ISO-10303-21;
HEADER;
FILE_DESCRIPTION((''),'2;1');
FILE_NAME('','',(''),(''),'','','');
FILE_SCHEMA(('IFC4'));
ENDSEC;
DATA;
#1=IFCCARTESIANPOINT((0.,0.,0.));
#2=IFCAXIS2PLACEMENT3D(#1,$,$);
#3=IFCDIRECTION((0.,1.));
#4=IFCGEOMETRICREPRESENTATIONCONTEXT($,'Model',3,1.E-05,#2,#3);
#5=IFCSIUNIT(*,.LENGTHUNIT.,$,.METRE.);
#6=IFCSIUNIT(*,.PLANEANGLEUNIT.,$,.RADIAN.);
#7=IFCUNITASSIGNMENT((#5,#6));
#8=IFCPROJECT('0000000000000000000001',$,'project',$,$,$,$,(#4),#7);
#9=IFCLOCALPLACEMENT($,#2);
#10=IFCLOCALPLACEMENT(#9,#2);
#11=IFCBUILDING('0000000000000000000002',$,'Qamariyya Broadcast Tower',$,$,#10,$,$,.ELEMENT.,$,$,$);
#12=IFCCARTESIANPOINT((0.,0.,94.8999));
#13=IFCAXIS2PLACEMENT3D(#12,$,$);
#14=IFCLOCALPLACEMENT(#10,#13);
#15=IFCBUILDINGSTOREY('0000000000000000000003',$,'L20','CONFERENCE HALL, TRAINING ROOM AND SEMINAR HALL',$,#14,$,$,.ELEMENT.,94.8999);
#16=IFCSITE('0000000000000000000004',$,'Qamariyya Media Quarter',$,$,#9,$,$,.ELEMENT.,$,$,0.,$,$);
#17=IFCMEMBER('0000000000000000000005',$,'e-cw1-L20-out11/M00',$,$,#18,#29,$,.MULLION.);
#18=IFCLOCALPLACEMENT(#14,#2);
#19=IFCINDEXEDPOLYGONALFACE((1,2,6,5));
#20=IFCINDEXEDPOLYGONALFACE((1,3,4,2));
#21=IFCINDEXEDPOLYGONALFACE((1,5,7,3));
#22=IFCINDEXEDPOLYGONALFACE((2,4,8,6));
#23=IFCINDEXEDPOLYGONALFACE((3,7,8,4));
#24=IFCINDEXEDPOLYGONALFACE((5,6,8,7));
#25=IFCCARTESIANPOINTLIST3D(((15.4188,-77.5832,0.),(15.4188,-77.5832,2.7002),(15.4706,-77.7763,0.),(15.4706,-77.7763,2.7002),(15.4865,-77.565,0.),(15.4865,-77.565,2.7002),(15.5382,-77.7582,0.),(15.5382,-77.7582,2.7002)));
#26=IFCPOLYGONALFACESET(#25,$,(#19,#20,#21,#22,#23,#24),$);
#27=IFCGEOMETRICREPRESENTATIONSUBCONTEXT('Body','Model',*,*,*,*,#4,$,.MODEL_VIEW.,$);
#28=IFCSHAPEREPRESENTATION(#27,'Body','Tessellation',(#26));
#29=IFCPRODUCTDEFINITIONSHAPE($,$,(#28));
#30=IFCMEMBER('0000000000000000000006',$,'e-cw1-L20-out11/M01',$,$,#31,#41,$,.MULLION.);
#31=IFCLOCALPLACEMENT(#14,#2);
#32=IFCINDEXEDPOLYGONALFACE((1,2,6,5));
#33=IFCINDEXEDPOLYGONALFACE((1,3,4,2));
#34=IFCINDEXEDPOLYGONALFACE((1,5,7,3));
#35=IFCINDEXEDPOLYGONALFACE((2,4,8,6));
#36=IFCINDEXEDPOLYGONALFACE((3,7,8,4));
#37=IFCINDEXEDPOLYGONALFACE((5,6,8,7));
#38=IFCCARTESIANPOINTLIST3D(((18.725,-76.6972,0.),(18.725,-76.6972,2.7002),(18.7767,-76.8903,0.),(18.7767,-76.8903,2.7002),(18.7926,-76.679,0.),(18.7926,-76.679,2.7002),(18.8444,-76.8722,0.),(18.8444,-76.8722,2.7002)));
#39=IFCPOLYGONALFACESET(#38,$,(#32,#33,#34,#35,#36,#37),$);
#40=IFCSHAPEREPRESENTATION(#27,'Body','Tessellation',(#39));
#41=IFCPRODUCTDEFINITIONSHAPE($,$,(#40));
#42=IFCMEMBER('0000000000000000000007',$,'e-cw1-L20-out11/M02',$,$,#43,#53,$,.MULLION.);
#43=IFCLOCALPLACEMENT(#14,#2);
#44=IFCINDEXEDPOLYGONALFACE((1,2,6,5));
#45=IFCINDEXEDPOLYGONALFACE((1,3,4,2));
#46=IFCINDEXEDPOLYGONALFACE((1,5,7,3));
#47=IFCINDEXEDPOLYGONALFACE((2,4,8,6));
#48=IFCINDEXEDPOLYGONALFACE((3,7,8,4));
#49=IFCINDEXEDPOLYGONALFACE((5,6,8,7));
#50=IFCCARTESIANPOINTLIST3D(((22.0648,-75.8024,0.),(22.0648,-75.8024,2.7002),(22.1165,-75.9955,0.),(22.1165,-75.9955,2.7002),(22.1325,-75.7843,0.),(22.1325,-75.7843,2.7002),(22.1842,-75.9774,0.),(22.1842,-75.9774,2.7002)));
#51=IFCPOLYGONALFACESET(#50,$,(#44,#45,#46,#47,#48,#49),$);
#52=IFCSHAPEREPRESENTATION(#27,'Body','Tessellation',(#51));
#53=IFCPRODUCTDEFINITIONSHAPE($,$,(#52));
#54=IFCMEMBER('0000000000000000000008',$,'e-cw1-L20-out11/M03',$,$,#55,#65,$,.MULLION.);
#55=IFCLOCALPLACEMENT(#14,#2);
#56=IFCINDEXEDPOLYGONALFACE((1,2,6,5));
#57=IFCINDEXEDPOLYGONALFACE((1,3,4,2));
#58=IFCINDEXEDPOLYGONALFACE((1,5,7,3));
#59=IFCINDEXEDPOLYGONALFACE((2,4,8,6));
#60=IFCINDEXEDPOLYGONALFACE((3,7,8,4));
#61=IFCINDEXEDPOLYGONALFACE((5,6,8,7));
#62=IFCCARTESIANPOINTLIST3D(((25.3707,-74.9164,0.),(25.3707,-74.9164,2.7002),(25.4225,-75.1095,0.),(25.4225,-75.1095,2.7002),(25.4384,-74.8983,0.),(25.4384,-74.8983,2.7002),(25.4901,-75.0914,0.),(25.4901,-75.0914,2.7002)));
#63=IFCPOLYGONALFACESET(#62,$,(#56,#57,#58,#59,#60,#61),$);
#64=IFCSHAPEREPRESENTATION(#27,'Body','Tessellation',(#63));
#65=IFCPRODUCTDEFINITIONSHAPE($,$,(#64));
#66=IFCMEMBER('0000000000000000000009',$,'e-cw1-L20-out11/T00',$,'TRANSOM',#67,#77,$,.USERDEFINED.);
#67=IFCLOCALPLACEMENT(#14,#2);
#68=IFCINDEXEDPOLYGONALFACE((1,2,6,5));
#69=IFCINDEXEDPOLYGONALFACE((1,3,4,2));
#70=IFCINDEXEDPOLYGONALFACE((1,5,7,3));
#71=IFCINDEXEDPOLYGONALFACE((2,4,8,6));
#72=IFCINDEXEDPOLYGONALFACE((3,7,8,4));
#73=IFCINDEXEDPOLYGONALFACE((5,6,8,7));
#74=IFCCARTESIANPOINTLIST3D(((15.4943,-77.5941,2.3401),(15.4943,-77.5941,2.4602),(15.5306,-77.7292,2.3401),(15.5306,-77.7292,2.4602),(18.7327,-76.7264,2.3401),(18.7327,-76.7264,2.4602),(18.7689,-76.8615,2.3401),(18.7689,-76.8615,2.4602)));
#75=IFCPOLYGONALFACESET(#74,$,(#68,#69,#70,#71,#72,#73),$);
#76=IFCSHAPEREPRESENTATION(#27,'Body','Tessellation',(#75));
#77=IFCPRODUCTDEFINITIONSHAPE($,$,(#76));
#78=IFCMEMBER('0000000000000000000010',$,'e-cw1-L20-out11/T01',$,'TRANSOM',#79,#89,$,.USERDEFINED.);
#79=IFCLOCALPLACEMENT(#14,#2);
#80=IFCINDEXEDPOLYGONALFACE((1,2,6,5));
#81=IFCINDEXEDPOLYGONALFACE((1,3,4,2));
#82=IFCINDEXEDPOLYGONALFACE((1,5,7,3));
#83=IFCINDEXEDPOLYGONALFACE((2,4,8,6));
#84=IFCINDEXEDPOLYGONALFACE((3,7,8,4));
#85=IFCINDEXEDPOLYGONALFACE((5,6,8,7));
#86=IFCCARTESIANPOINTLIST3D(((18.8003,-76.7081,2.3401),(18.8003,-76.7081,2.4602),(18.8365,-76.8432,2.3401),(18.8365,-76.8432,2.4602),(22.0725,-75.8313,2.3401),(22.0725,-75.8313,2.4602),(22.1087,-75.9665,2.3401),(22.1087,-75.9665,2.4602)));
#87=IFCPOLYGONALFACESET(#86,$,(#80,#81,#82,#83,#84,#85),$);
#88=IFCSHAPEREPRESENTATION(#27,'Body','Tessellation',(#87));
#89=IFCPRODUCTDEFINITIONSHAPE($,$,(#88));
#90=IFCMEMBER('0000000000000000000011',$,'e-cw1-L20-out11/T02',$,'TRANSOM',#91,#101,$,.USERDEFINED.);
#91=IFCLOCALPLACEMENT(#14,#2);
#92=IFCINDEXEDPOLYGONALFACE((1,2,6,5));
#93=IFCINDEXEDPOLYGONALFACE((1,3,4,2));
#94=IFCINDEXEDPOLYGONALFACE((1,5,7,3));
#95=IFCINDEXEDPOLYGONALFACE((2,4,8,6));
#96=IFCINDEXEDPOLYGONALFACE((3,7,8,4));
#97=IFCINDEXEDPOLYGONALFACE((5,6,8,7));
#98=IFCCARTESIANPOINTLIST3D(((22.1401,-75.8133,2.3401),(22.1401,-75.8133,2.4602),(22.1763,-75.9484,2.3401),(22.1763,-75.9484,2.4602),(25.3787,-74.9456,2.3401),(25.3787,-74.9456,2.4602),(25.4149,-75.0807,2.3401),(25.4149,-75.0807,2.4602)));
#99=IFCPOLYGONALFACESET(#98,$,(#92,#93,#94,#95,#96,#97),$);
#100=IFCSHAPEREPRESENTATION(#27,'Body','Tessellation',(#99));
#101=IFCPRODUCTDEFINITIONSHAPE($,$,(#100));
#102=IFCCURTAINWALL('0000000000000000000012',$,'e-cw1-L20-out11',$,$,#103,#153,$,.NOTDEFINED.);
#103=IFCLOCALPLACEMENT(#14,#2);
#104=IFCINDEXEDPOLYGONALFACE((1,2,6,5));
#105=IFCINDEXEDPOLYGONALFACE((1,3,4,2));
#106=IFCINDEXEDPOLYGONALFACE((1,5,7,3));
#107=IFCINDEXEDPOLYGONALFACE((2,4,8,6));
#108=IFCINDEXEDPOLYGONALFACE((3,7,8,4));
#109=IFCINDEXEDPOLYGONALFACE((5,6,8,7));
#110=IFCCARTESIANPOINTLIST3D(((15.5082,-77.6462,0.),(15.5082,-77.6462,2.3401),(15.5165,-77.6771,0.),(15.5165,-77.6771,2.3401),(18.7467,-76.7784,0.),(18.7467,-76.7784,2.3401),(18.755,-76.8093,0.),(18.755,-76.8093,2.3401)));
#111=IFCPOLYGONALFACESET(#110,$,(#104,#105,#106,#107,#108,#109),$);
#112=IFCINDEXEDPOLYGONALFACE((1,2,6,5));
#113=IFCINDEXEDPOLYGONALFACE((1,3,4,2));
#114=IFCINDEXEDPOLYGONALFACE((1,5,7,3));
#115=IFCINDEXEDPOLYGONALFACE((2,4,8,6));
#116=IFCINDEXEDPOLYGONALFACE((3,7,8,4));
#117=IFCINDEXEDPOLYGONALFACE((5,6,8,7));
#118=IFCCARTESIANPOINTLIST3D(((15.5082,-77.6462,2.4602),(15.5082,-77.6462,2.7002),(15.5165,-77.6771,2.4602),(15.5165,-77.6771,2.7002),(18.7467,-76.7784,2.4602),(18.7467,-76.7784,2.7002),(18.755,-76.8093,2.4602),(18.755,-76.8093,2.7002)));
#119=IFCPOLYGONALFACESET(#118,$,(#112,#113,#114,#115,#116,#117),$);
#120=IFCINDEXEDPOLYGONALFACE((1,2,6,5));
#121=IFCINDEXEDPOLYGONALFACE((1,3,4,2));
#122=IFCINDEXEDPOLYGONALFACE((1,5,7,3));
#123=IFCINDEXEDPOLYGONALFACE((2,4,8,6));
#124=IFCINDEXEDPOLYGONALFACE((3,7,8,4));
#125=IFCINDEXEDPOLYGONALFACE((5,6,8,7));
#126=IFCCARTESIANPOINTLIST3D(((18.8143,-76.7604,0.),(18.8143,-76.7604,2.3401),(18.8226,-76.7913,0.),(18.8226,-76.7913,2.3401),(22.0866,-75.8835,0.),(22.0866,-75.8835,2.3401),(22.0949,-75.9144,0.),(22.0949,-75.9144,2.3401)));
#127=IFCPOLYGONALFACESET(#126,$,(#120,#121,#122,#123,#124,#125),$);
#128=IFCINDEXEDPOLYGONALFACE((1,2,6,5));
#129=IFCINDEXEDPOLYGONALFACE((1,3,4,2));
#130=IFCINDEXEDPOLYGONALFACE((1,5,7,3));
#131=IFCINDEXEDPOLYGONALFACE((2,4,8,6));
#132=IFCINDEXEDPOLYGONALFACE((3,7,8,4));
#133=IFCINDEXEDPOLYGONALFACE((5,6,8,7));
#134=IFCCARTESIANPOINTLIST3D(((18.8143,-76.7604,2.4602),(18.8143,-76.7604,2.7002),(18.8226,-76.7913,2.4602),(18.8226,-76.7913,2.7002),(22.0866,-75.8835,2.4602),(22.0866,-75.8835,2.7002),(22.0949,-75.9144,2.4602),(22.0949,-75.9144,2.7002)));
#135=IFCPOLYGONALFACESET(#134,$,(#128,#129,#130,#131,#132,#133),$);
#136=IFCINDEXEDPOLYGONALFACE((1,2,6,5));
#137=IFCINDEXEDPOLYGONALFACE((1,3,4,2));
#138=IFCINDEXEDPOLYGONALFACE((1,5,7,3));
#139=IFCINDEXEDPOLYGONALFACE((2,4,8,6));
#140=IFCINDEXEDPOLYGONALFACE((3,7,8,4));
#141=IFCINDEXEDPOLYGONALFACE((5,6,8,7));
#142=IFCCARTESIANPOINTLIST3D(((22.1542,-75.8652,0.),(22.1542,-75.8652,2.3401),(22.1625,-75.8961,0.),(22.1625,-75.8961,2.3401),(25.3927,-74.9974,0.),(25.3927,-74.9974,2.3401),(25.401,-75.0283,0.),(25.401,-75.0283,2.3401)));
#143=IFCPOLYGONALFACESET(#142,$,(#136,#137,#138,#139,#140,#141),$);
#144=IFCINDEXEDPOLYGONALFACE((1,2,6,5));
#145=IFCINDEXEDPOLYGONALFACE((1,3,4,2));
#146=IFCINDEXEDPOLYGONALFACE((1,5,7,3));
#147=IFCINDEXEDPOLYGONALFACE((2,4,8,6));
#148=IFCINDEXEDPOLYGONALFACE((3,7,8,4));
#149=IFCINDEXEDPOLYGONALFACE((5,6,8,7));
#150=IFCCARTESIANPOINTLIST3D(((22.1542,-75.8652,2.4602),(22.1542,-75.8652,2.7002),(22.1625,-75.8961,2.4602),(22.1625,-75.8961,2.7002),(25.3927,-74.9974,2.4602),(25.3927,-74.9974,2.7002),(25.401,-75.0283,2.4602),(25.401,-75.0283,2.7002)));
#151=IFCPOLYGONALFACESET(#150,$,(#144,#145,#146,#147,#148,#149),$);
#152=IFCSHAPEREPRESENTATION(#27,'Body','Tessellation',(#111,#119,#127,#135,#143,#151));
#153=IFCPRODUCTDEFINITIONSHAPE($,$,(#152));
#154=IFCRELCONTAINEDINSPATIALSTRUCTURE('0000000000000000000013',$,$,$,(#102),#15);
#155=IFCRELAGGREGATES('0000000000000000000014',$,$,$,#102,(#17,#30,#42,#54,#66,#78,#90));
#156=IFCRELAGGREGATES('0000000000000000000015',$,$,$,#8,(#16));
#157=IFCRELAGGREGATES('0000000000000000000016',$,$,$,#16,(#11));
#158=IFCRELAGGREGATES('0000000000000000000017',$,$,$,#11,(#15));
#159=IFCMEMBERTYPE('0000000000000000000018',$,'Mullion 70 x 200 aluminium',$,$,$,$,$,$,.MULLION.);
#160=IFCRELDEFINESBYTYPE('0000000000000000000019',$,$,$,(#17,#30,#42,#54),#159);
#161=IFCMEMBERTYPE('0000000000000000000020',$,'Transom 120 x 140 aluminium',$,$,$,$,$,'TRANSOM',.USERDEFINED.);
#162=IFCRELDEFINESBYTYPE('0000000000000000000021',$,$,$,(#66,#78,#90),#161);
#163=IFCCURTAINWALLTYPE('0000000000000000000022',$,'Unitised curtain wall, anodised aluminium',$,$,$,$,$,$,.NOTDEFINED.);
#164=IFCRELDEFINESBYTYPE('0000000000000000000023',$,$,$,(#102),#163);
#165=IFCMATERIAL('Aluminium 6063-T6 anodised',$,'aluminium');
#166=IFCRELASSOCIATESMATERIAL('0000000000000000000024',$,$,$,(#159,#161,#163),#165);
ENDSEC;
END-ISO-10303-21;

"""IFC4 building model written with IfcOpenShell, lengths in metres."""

from ifc_helpers import new_model, si_unit, direction, frame, origin, origin_2d, place, context, subcontext, project, spatial, rectangle, extrude, material, material_profile, profile_set, type_object, element, aggregate, save


model = new_model("IFC4")

# Units and contexts
model_context = context("Model", 3, precision=1e-05, world=origin(), true_north=direction((0.0, 1.0)))
body_context = subcontext(model_context, "Body", "Model", "MODEL_VIEW")
ifc_project = project(units=[si_unit("LENGTHUNIT", "METRE"), si_unit("PLANEANGLEUNIT", "RADIAN")], contexts=[model_context])

# Members
ifc_material = material(Name="Aluminium 6063-T6 anodised", Category="aluminium")
ifc_material_profile_1 = material_profile(ifc_material, rectangle(XDim=0.2, YDim=0.0701, at=origin_2d()))
ifc_profile_set_1 = profile_set([ifc_material_profile_1], Name="Aluminium 6063-T6 anodised")
member_type_1 = type_object("IfcMemberType", Name="Mullion 70 x 200 aluminium", PredefinedType="MULLION", material=ifc_profile_set_1)
site_placement = place(None, origin())
building_placement = place(site_placement, origin())
storey_placement = place(building_placement, frame((0.0, 0.0, 94.8999)))
member_1_placement = place(storey_placement, frame((15.4785, -77.6707, 0.0), z_axis=(0.0, 0.0, 1.0), x_axis=(-0.258819, 0.965926, 0.0)))
member_1 = element("IfcMember", 1, at=member_1_placement, type_object=member_type_1, Name="e-cw1-L20-out11/M00", PredefinedType="MULLION", context=body_context, shape_type="SweptSolid", body=[
    extrude(rectangle(XDim=0.2, YDim=0.0701, at=origin_2d()), origin(), (0.0, 0.0, 1.0), 2.7002),
])
member_2_placement = place(storey_placement, frame((18.7847, -76.7847, 0.0), z_axis=(0.0, 0.0, 1.0), x_axis=(-0.258819, 0.965926, 0.0)))
member_2 = element("IfcMember", 2, at=member_2_placement, type_object=member_type_1, Name="e-cw1-L20-out11/M01", PredefinedType="MULLION", context=body_context, shape_type="SweptSolid", body=[
    extrude(rectangle(XDim=0.2, YDim=0.0701, at=origin_2d()), origin(), (0.0, 0.0, 1.0), 2.7002),
])
member_3_placement = place(storey_placement, frame((22.1245, -75.8899, 0.0), z_axis=(0.0, 0.0, 1.0), x_axis=(-0.258819, 0.965926, 0.0)))
member_3 = element("IfcMember", 3, at=member_3_placement, type_object=member_type_1, Name="e-cw1-L20-out11/M02", PredefinedType="MULLION", context=body_context, shape_type="SweptSolid", body=[
    extrude(rectangle(XDim=0.2, YDim=0.0701, at=origin_2d()), origin(), (0.0, 0.0, 1.0), 2.7002),
])
member_4_placement = place(storey_placement, frame((25.4304, -75.0039, 0.0), z_axis=(0.0, 0.0, 1.0), x_axis=(-0.258819, 0.965926, 0.0)))
member_4 = element("IfcMember", 4, at=member_4_placement, type_object=member_type_1, Name="e-cw1-L20-out11/M03", PredefinedType="MULLION", context=body_context, shape_type="SweptSolid", body=[
    extrude(rectangle(XDim=0.2, YDim=0.0701, at=origin_2d()), origin(), (0.0, 0.0, 1.0), 2.7002),
])
ifc_material_profile_2 = material_profile(ifc_material, rectangle(XDim=0.1399, YDim=0.1201, at=origin_2d()))
ifc_profile_set_2 = profile_set([ifc_material_profile_2], Name="Aluminium 6063-T6 anodised")
member_type_2 = type_object("IfcMemberType", Name="Transom 120 x 140 aluminium", ElementType="TRANSOM", PredefinedType="USERDEFINED", material=ifc_profile_set_2)
member_5_placement = place(storey_placement, frame((15.5125, -77.6616, 2.4001), z_axis=(0.965927, 0.258814, 0.0), x_axis=(-0.258814, 0.965927, 0.0)))
member_5 = element("IfcMember", 5, at=member_5_placement, type_object=member_type_2, Name="e-cw1-L20-out11/T00", ObjectType="TRANSOM", PredefinedType="USERDEFINED", context=body_context, shape_type="SweptSolid", body=[
    extrude(rectangle(XDim=0.1399, YDim=0.1201, at=origin_2d()), origin(), (0.0, 0.0, 1.0), 3.3525),
])
member_6_placement = place(storey_placement, frame((18.8184, -76.7756, 2.4001), z_axis=(0.965932, 0.258797, 0.0), x_axis=(-0.258797, 0.965932, 0.0)))
member_6 = element("IfcMember", 6, at=member_6_placement, type_object=member_type_2, Name="e-cw1-L20-out11/T01", ObjectType="TRANSOM", PredefinedType="USERDEFINED", context=body_context, shape_type="SweptSolid", body=[
    extrude(rectangle(XDim=0.1399, YDim=0.1201, at=origin_2d()), origin(), (0.0, 0.0, 1.0), 3.3877),
])
member_7_placement = place(storey_placement, frame((22.1582, -75.8809, 2.4001), z_axis=(0.965932, 0.258796, 0.0), x_axis=(-0.258796, 0.965932, 0.0)))
member_7 = element("IfcMember", 7, at=member_7_placement, type_object=member_type_2, Name="e-cw1-L20-out11/T02", ObjectType="TRANSOM", PredefinedType="USERDEFINED", context=body_context, shape_type="SweptSolid", body=[
    extrude(rectangle(XDim=0.1399, YDim=0.1201, at=origin_2d()), origin(), (0.0, 0.0, 1.0), 3.3528),
])

# Site, building, storey
site = spatial("IfcSite", under=ifc_project, at=site_placement, Name="Qamariyya Media Quarter", CompositionType="ELEMENT", RefElevation=0.0)
building = spatial("IfcBuilding", under=site, at=building_placement, Name="Qamariyya Broadcast Tower", CompositionType="ELEMENT")
storey = spatial("IfcBuildingStorey", under=building, at=storey_placement, Name="L20", Description="CONFERENCE HALL, TRAINING ROOM AND SEMINAR HALL", CompositionType="ELEMENT", Elevation=94.8999)

# Curtain wall
curtain_wall_type = type_object("IfcCurtainWallType", Name="Unitised curtain wall, anodised aluminium", PredefinedType="NOTDEFINED", material=ifc_material)
curtain_wall_1_placement = place(storey_placement, origin())
curtain_wall_1 = element("IfcCurtainWall", 8, at=curtain_wall_1_placement, inside=storey, type_object=curtain_wall_type, Name="e-cw1-L20-out11", PredefinedType="NOTDEFINED", context=body_context, shape_type="SweptSolid", body=[
    extrude(rectangle(XDim=3.3528, YDim=0.032, at=origin_2d()), frame((17.1316, -77.2278, 0.0), x_axis=(0.965924, 0.258827, 0.0)), (0.0, 0.0, 1.0), 2.3401),
    extrude(rectangle(XDim=3.3528, YDim=0.032, at=origin_2d()), frame((17.1316, -77.2278, 2.4602), x_axis=(0.965924, 0.258827, 0.0)), (0.0, 0.0, 1.0), 0.24),
    extrude(rectangle(XDim=3.3877, YDim=0.032, at=origin_2d()), frame((20.4546, -76.3374, 0.0), x_axis=(0.965924, 0.258827, 0.0)), (0.0, 0.0, 1.0), 2.3401),
    extrude(rectangle(XDim=3.3877, YDim=0.032, at=origin_2d()), frame((20.4546, -76.3374, 2.4602), x_axis=(0.965924, 0.258827, 0.0)), (0.0, 0.0, 1.0), 0.24),
    extrude(rectangle(XDim=3.3528, YDim=0.032, at=origin_2d()), frame((23.7776, -75.4468, 0.0), x_axis=(0.965924, 0.258827, 0.0)), (0.0, 0.0, 1.0), 2.3401),
    extrude(rectangle(XDim=3.3528, YDim=0.032, at=origin_2d()), frame((23.7776, -75.4468, 2.4602), x_axis=(0.965924, 0.258827, 0.0)), (0.0, 0.0, 1.0), 0.24),
])
aggregate(curtain_wall_1, [member_1, member_2, member_3, member_4, member_5, member_6, member_7])

save(model, "model.ifc")
